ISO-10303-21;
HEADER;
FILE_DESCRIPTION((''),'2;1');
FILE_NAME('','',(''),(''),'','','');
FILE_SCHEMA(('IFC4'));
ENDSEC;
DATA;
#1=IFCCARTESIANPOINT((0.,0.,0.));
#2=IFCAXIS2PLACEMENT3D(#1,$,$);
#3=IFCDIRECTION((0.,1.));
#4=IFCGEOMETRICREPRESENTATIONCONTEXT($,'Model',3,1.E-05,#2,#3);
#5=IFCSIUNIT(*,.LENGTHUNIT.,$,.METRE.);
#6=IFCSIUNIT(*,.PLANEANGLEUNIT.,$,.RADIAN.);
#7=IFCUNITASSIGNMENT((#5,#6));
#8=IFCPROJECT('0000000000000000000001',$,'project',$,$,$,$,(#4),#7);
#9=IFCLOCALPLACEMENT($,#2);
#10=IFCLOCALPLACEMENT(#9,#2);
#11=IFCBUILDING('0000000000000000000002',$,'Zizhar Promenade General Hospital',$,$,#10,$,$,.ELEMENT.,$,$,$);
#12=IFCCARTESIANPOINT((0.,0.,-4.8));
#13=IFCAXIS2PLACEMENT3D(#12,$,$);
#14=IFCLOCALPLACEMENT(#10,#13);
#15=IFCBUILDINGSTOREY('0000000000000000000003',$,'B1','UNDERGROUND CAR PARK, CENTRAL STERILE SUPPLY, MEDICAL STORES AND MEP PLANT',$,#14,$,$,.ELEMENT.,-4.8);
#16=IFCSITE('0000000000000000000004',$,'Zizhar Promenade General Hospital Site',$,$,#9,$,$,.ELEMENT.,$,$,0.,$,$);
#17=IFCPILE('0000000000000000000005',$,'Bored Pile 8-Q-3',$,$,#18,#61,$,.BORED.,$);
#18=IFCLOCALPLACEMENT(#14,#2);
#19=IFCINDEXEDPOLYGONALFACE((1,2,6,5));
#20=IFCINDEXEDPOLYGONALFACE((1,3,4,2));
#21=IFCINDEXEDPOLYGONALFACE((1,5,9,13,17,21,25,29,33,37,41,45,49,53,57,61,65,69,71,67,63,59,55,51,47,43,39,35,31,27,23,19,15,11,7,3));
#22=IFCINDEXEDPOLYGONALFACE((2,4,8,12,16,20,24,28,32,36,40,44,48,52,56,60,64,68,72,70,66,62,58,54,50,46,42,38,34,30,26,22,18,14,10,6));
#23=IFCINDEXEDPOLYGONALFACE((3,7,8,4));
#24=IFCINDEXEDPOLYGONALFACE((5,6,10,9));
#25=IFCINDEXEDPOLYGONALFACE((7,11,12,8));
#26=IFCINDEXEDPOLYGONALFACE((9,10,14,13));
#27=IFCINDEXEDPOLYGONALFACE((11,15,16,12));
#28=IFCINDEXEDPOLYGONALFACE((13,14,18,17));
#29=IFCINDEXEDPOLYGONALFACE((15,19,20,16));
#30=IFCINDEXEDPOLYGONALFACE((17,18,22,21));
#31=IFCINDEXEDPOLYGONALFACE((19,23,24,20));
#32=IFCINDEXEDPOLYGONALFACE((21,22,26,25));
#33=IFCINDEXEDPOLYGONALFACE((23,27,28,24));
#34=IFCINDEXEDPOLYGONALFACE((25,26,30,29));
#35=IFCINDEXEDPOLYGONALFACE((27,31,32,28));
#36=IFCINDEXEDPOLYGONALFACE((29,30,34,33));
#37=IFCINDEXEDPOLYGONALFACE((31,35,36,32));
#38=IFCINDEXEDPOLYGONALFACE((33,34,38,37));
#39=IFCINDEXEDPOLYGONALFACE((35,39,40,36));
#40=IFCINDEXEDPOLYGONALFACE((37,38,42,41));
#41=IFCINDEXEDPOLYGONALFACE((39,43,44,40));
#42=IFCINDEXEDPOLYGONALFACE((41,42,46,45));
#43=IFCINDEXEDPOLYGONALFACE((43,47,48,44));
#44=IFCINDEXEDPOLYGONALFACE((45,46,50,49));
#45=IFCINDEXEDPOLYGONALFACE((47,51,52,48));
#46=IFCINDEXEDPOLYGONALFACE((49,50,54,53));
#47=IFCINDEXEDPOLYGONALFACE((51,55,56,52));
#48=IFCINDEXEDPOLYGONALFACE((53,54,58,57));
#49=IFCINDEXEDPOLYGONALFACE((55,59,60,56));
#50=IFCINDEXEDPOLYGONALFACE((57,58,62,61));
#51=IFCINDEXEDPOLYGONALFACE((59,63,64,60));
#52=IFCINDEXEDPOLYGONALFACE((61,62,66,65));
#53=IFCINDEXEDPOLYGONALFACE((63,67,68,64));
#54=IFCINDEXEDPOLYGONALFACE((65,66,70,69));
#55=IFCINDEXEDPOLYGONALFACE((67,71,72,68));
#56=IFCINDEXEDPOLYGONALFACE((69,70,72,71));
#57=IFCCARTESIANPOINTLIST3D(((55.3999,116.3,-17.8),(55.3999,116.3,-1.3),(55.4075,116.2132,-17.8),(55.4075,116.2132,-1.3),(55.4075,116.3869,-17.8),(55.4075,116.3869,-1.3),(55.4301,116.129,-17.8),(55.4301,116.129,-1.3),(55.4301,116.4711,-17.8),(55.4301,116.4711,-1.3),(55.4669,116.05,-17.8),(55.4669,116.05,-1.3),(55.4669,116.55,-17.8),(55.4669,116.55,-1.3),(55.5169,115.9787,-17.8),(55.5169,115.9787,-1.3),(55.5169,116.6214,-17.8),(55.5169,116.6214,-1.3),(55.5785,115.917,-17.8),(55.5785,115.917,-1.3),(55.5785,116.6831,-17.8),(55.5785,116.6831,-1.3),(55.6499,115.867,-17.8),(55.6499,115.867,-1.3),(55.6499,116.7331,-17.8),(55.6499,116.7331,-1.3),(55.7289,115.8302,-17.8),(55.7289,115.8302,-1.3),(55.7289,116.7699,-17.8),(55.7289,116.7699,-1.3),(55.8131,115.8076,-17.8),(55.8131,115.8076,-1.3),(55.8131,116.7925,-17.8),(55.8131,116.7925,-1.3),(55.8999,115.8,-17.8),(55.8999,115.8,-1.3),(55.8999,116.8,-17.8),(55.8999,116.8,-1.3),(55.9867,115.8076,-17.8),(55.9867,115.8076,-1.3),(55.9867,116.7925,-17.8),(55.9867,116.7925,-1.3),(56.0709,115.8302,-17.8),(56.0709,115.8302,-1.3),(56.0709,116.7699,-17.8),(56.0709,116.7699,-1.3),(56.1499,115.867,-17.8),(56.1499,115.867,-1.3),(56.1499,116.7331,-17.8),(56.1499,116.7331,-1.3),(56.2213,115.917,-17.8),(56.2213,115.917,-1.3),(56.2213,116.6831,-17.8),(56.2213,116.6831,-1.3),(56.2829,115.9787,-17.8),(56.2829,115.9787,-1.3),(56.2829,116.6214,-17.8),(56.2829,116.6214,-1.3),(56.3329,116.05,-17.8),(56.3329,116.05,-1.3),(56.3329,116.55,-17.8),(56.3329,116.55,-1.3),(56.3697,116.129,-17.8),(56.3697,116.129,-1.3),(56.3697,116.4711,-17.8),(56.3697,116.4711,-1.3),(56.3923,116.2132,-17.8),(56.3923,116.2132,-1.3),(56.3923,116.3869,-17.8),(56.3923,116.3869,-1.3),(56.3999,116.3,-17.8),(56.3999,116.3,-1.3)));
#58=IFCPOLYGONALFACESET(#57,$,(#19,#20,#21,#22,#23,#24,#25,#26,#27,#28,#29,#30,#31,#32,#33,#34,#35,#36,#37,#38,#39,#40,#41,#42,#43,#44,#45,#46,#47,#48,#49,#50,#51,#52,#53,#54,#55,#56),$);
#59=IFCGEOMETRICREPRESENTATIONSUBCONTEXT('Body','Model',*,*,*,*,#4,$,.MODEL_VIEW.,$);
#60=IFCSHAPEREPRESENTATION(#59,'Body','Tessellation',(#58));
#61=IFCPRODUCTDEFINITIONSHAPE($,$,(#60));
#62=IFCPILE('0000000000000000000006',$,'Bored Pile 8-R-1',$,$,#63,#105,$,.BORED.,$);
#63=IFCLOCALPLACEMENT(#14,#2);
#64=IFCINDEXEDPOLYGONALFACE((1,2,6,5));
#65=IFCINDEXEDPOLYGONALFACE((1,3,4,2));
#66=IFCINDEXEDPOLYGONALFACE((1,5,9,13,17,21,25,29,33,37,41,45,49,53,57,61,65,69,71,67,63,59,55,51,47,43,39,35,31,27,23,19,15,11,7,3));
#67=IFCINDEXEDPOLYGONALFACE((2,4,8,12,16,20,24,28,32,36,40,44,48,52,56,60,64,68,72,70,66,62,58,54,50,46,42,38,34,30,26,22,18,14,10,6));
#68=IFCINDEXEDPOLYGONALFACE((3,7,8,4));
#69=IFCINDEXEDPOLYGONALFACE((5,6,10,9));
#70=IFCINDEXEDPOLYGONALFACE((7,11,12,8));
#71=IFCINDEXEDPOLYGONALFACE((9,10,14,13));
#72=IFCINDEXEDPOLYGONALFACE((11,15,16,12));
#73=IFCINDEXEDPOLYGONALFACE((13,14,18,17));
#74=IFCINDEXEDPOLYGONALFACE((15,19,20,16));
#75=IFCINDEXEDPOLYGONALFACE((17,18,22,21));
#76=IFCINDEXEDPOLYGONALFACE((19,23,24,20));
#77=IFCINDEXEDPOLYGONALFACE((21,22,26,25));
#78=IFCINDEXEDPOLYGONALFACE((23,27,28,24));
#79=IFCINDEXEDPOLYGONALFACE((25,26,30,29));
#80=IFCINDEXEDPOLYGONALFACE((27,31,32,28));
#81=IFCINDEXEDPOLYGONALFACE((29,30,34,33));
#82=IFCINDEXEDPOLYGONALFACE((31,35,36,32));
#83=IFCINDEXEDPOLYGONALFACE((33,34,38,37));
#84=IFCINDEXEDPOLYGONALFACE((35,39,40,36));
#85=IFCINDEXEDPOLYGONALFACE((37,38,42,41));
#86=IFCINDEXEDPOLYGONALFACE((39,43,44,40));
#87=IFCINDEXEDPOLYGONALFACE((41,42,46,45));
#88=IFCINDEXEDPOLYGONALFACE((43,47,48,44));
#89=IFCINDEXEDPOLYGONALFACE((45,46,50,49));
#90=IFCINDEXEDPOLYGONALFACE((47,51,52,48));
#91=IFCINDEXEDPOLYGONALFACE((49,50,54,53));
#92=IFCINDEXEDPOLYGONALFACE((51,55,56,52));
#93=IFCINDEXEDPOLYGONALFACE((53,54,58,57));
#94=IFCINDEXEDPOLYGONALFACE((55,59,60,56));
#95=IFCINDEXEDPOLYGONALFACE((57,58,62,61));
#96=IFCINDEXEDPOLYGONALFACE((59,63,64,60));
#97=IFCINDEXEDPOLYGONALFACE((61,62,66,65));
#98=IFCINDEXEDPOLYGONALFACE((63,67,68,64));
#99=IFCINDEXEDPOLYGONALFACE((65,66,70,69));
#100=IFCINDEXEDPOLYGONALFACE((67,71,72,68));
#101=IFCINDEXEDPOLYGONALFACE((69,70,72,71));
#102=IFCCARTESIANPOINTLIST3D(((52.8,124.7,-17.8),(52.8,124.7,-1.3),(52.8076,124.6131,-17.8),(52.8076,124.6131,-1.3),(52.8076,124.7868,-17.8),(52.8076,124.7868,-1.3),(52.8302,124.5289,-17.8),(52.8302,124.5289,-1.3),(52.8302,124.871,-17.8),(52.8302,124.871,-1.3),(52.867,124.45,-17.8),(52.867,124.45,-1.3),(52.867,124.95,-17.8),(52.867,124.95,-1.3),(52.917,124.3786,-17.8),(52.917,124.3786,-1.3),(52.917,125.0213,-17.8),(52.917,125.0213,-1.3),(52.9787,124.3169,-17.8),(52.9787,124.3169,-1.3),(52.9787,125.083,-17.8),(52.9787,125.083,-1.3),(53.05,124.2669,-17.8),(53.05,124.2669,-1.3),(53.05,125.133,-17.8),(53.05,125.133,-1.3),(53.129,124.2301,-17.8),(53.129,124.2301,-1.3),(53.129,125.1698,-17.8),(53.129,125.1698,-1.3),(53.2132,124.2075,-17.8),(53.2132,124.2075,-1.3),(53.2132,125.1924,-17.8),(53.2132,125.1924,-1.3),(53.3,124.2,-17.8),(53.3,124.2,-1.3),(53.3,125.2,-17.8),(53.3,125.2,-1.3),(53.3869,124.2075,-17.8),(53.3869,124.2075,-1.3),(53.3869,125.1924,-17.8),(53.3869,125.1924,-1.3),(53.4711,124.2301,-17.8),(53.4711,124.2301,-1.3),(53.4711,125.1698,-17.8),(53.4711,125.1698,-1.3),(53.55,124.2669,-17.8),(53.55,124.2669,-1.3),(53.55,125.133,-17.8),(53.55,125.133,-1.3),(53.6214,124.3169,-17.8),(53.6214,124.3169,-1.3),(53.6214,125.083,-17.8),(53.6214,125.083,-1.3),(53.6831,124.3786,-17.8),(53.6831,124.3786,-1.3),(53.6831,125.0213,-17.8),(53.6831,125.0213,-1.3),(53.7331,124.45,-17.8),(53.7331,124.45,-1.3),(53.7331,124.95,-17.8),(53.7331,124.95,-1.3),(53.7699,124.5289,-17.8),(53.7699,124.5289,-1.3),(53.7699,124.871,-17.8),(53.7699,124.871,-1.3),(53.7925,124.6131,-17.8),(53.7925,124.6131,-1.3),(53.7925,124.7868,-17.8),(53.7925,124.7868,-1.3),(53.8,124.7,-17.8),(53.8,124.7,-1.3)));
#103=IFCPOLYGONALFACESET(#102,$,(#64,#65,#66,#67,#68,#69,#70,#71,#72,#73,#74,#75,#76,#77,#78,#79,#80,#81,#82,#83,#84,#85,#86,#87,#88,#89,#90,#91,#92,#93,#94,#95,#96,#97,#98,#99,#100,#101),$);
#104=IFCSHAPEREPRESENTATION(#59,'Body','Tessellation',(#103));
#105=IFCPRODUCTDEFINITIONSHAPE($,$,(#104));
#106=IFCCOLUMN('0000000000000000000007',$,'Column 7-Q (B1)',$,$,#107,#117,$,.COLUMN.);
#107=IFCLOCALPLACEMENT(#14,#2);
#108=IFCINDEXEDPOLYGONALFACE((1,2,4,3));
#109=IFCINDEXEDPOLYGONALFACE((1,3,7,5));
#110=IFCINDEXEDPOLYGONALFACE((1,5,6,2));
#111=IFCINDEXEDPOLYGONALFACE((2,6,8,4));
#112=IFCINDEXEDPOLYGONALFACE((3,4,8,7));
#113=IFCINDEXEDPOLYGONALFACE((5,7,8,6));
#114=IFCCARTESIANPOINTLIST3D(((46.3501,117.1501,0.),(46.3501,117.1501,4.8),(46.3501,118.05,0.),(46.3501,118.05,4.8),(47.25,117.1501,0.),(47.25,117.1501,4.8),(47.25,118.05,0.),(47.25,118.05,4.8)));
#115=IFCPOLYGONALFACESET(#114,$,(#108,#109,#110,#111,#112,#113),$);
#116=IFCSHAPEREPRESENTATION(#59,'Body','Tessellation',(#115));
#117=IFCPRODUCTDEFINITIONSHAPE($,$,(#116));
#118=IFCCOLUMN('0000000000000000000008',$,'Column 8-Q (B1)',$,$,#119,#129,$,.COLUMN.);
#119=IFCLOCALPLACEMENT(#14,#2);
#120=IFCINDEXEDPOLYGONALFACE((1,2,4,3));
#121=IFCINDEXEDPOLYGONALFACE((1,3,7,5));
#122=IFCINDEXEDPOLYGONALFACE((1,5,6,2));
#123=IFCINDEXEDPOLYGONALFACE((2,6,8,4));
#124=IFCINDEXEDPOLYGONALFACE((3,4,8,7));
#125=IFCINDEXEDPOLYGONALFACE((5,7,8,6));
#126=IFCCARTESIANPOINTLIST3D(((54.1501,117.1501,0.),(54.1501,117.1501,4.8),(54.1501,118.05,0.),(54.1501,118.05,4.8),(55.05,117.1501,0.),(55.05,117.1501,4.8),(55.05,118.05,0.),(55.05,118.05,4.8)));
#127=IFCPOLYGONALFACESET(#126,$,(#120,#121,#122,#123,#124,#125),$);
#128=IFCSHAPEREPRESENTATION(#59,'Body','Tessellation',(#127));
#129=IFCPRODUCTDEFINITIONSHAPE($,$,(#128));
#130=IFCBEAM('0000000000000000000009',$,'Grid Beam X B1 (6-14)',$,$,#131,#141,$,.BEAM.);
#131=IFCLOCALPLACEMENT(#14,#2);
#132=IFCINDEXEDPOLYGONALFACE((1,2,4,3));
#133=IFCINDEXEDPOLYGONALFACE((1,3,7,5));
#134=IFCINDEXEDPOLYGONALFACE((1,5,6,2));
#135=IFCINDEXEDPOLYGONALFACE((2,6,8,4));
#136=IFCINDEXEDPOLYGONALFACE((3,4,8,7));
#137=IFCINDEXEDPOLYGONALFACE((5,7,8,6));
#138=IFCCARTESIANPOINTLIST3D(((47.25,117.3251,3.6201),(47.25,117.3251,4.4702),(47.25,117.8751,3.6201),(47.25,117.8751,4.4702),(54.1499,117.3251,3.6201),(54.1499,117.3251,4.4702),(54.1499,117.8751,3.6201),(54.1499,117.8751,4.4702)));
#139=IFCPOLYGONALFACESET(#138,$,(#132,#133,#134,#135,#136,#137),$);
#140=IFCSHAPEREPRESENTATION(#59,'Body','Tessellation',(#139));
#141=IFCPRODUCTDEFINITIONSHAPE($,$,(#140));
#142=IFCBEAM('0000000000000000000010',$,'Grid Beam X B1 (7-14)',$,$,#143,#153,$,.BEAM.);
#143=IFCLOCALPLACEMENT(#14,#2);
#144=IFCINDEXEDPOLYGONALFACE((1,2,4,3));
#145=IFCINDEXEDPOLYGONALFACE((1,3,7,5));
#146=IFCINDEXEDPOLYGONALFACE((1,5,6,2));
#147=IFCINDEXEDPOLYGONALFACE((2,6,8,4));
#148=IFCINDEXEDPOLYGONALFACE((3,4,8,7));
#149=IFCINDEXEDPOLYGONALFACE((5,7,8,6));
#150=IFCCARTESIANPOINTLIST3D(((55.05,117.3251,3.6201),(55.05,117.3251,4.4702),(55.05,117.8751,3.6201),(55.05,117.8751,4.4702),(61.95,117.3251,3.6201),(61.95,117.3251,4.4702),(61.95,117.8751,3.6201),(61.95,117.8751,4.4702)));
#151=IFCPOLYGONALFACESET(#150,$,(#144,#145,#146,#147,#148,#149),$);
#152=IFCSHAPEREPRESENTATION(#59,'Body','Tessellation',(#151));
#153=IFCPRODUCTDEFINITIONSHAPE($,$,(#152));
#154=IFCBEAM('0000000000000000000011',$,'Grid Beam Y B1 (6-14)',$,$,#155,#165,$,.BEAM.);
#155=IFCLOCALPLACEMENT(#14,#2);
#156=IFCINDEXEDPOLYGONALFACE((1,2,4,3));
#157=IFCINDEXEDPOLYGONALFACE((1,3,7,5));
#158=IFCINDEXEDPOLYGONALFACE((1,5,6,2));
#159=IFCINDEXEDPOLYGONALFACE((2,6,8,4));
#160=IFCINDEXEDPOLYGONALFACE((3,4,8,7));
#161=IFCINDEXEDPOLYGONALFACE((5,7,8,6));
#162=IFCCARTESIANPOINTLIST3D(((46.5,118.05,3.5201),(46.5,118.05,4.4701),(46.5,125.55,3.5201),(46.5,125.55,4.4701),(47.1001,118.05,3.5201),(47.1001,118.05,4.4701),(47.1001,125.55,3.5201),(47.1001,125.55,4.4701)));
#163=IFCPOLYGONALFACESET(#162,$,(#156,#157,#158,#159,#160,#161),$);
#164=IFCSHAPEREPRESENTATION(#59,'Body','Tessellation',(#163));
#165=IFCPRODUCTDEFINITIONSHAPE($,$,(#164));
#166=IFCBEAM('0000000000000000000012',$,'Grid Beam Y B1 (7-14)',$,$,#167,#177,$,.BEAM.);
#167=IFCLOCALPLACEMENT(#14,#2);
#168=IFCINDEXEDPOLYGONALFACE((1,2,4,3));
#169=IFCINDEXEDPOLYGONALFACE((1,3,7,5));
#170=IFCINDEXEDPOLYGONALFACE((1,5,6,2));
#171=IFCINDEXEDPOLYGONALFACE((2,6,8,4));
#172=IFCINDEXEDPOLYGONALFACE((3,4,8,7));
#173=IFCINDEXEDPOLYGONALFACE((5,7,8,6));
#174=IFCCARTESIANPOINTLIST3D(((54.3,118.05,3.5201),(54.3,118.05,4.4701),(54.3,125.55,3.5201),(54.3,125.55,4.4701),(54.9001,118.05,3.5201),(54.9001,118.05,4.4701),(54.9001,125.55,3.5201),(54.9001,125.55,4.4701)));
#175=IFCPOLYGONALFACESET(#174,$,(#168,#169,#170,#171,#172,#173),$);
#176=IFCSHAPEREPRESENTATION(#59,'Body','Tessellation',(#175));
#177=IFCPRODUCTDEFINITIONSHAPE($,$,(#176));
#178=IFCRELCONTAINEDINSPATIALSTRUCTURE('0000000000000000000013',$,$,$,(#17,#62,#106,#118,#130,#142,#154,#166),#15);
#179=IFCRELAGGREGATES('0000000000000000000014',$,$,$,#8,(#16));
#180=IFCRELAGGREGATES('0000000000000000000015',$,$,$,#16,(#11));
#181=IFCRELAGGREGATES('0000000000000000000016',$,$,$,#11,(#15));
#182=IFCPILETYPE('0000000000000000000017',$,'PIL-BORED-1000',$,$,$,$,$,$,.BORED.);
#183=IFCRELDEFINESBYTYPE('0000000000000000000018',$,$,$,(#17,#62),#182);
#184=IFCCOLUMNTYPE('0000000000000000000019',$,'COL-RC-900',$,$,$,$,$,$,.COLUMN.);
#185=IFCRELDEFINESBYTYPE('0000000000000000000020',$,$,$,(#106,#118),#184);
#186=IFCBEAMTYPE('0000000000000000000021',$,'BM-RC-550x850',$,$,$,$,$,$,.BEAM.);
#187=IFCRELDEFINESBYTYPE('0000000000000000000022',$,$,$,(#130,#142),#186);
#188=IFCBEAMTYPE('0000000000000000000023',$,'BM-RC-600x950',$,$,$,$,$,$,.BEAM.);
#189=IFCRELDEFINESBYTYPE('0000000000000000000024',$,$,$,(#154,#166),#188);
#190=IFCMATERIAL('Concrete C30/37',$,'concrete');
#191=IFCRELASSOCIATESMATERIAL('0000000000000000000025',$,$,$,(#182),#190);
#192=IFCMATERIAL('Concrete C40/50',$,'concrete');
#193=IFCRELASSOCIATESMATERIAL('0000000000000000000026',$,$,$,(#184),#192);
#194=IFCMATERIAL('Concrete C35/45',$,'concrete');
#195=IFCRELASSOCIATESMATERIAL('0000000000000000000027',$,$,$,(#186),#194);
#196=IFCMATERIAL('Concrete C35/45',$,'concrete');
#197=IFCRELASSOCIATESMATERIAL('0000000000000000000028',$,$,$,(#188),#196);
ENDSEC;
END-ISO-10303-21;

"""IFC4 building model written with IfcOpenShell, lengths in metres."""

from ifc_helpers import new_model, si_unit, direction, frame, origin, origin_2d, place, context, subcontext, project, spatial, rectangle, circle, extrude, material, material_profile, profile_set, type_object, element, save


model = new_model("IFC4")

# Units and contexts
model_context = context("Model", 3, precision=1e-05, world=origin(), true_north=direction((0.0, 1.0)))
body_context = subcontext(model_context, "Body", "Model", "MODEL_VIEW")
ifc_project = project(units=[si_unit("LENGTHUNIT", "METRE"), si_unit("PLANEANGLEUNIT", "RADIAN")], contexts=[model_context])

# Site, building, storey
site_placement = place(None, origin())
site = spatial("IfcSite", under=ifc_project, at=site_placement, Name="Zizhar Promenade General Hospital Site", CompositionType="ELEMENT", RefElevation=0.0)
building_placement = place(site_placement, origin())
building = spatial("IfcBuilding", under=site, at=building_placement, Name="Zizhar Promenade General Hospital", CompositionType="ELEMENT")
storey_placement = place(building_placement, frame((0.0, 0.0, -4.8)))
storey = spatial("IfcBuildingStorey", under=building, at=storey_placement, Name="B1", Description="UNDERGROUND CAR PARK, CENTRAL STERILE SUPPLY, MEDICAL STORES AND MEP PLANT", CompositionType="ELEMENT", Elevation=-4.8)

# Piles
ifc_material_1 = material(Name="Concrete C30/37", Category="concrete")
ifc_material_profile_1 = material_profile(ifc_material_1, circle(Radius=0.5, at=origin_2d()))
ifc_profile_set_1 = profile_set([ifc_material_profile_1], Name="Concrete C30/37")
pile_type = type_object("IfcPileType", Name="PIL-BORED-1000", PredefinedType="BORED", material=ifc_profile_set_1)
for number, where, z_axis, x_axis, name in (
    (1, (55.8999, 116.3, -1.3), (0.0, 0.0, -1.0), (1.0, 0.0, 0.0), "Bored Pile 8-Q-3"),
    (2, (53.3, 124.7, -1.3), (0.0, 0.0, -1.0), (1.0, 0.0, 0.0), "Bored Pile 8-R-1"),
):
    element("IfcPile", number, at=place(storey_placement, frame(where, z_axis=z_axis, x_axis=x_axis)), inside=storey, type_object=pile_type, Name=name, PredefinedType="BORED", context=body_context, shape_type="SweptSolid", body=[
        extrude(circle(Radius=0.5, at=origin_2d()), origin(), (0.0, 0.0, 1.0), 16.5),
    ])

# Columns
ifc_material_2 = material(Name="Concrete C40/50", Category="concrete")
ifc_material_profile_2 = material_profile(ifc_material_2, rectangle(XDim=0.8999, YDim=0.8999, at=origin_2d()))
ifc_profile_set_2 = profile_set([ifc_material_profile_2], Name="Concrete C40/50")
column_type = type_object("IfcColumnType", Name="COL-RC-900", PredefinedType="COLUMN", material=ifc_profile_set_2)
for number, where, z_axis, x_axis, name in (
    (3, (46.8, 117.6001, 0.0), (0.0, 0.0, 1.0), (1.0, 0.0, 0.0), "Column 7-Q (B1)"),
    (4, (54.6001, 117.6001, 0.0), (0.0, 0.0, 1.0), (1.0, 0.0, 0.0), "Column 8-Q (B1)"),
):
    element("IfcColumn", number, at=place(storey_placement, frame(where, z_axis=z_axis, x_axis=x_axis)), inside=storey, type_object=column_type, Name=name, PredefinedType="COLUMN", context=body_context, shape_type="SweptSolid", body=[
        extrude(rectangle(XDim=0.8999, YDim=0.8999, at=origin_2d()), origin(), (0.0, 0.0, 1.0), 4.8),
    ])

# Beams
ifc_material_3 = material(Name="Concrete C35/45", Category="concrete")
ifc_material_profile_3 = material_profile(ifc_material_3, rectangle(XDim=0.55, YDim=0.8501, at=origin_2d()))
ifc_profile_set_3 = profile_set([ifc_material_profile_3], Name="Concrete C35/45")
beam_type_1 = type_object("IfcBeamType", Name="BM-RC-550x850", PredefinedType="BEAM", material=ifc_profile_set_3)
for number, where, z_axis, x_axis, name in (
    (5, (47.25, 117.6001, 4.0452), (1.0, 0.0, 0.0), (0.0, 1.0, 0.0), "Grid Beam X B1 (6-14)"),
    (6, (55.05, 117.6001, 4.0452), (1.0, 0.0, 0.0), (0.0, 1.0, 0.0), "Grid Beam X B1 (7-14)"),
):
    element("IfcBeam", number, at=place(storey_placement, frame(where, z_axis=z_axis, x_axis=x_axis)), inside=storey, type_object=beam_type_1, Name=name, PredefinedType="BEAM", context=body_context, shape_type="SweptSolid", body=[
        extrude(rectangle(XDim=0.55, YDim=0.8501, at=origin_2d()), origin(), (0.0, 0.0, 1.0), 6.8999),
    ])
ifc_material_4 = material(Name="Concrete C35/45", Category="concrete")
ifc_material_profile_4 = material_profile(ifc_material_4, rectangle(XDim=0.6001, YDim=0.95, at=origin_2d()))
ifc_profile_set_4 = profile_set([ifc_material_profile_4], Name="Concrete C35/45")
beam_type_2 = type_object("IfcBeamType", Name="BM-RC-600x950", PredefinedType="BEAM", material=ifc_profile_set_4)
for number, where, z_axis, x_axis, name in (
    (7, (46.8, 118.05, 3.9951), (0.0, 1.0, 0.0), (-1.0, 0.0, 0.0), "Grid Beam Y B1 (6-14)"),
    (8, (54.6001, 118.05, 3.9951), (0.0, 1.0, 0.0), (-1.0, 0.0, 0.0), "Grid Beam Y B1 (7-14)"),
):
    element("IfcBeam", number, at=place(storey_placement, frame(where, z_axis=z_axis, x_axis=x_axis)), inside=storey, type_object=beam_type_2, Name=name, PredefinedType="BEAM", context=body_context, shape_type="SweptSolid", body=[
        extrude(rectangle(XDim=0.6001, YDim=0.95, at=origin_2d()), origin(), (0.0, 0.0, 1.0), 7.5),
    ])

save(model, "model.ifc")
